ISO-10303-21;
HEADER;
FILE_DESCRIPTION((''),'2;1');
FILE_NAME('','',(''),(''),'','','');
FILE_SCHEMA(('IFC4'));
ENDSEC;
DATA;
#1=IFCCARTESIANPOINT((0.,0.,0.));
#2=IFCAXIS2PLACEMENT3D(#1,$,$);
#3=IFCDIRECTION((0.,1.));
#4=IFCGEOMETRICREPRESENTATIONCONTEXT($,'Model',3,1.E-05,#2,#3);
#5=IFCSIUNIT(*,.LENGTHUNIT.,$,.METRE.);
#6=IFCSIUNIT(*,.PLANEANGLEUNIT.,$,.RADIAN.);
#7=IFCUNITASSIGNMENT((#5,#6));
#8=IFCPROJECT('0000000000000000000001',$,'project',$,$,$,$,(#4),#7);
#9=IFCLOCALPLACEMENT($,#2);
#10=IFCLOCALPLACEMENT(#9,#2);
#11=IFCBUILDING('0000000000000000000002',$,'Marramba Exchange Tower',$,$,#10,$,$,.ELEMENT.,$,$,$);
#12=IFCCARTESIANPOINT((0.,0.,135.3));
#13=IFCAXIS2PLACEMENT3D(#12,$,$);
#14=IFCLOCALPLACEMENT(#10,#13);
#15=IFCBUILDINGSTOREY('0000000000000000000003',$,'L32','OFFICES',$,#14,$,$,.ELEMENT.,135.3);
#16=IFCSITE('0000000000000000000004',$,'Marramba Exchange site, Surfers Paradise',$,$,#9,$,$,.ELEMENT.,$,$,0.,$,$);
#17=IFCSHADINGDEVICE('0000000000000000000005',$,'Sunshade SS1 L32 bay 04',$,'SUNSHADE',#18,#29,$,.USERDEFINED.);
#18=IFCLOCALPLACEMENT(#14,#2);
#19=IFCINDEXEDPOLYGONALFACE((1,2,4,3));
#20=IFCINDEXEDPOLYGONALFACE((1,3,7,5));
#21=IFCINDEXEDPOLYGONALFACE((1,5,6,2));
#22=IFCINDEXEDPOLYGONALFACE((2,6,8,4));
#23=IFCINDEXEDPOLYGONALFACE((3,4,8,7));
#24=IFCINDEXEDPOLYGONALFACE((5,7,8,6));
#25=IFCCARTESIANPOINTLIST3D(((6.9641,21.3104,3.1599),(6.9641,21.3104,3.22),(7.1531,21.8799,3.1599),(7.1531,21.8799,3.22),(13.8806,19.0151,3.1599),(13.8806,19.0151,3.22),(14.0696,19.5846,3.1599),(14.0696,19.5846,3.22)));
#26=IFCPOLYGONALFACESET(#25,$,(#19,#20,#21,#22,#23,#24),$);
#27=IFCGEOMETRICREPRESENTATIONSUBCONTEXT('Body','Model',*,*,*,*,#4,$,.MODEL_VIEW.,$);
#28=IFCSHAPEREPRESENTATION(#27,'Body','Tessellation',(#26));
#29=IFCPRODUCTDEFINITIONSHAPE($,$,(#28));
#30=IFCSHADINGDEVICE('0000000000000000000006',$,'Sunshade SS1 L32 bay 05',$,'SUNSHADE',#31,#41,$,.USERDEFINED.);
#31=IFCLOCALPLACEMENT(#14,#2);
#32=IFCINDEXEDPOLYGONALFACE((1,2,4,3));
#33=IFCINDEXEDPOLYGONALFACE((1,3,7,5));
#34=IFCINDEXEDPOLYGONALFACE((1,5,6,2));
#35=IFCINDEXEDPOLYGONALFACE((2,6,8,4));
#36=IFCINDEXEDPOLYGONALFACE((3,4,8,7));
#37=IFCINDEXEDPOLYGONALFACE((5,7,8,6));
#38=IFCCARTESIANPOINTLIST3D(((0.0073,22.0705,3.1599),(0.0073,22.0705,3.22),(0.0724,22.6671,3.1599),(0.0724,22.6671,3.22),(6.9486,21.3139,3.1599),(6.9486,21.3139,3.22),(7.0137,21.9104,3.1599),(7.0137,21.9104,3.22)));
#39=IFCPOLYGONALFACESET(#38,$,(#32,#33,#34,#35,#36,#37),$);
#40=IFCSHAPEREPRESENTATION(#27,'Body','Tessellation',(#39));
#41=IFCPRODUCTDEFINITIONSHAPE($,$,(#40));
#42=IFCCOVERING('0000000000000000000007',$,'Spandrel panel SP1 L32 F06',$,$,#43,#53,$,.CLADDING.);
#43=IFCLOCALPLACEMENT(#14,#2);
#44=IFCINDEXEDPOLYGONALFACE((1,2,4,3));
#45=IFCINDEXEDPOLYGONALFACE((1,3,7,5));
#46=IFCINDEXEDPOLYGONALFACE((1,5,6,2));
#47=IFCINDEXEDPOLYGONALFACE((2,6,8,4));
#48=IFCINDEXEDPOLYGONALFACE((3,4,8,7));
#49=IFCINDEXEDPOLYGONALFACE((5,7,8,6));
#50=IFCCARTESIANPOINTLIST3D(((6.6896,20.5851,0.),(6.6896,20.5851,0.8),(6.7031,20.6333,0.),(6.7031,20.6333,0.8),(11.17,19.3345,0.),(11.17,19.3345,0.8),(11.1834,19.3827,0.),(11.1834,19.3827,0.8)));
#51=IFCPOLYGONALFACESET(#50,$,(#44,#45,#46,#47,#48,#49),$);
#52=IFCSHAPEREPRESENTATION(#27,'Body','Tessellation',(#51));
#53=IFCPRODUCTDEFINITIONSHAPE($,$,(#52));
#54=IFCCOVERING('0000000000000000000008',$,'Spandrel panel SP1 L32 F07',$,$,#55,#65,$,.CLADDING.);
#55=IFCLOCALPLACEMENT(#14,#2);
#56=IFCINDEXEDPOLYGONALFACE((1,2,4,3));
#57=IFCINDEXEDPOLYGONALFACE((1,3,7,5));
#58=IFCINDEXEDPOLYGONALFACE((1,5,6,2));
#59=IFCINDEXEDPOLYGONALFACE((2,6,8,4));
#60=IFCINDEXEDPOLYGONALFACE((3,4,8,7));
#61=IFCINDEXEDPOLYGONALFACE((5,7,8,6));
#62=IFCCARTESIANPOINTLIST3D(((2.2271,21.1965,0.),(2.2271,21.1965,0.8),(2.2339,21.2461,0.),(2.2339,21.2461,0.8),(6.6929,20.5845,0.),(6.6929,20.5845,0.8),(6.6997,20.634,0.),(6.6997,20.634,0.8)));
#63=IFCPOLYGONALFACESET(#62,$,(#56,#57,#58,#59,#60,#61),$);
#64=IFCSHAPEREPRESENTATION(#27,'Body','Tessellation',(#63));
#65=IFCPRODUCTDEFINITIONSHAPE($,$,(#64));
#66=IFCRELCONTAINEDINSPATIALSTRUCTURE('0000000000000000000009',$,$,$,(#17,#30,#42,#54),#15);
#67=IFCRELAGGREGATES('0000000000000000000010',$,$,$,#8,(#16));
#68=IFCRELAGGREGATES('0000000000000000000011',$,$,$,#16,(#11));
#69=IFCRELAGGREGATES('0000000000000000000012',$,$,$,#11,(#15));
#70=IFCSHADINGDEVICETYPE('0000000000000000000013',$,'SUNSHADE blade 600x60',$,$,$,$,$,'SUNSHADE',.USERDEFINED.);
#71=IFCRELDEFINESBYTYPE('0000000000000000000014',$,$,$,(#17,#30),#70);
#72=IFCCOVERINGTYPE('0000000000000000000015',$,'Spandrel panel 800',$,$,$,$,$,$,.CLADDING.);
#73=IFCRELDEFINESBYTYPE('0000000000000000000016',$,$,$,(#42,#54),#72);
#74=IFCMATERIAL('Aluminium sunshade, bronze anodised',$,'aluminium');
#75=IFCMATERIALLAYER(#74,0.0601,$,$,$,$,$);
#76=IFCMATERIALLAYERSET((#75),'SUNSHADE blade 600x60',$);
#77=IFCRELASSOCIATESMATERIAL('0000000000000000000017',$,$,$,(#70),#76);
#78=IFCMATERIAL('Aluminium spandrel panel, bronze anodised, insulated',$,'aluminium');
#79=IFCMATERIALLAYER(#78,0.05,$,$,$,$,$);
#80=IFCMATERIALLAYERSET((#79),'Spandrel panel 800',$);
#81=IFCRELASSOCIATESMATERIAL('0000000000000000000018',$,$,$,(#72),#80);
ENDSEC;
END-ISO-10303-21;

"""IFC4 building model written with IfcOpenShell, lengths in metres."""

from ifc_helpers import new_model, si_unit, direction, frame, origin, origin_2d, place, context, subcontext, project, spatial, rectangle, extrude, material, layer, layer_set, type_object, element, save


model = new_model("IFC4")

# Units and contexts
model_context = context("Model", 3, precision=1e-05, world=origin(), true_north=direction((0.0, 1.0)))
body_context = subcontext(model_context, "Body", "Model", "MODEL_VIEW")
ifc_project = project(units=[si_unit("LENGTHUNIT", "METRE"), si_unit("PLANEANGLEUNIT", "RADIAN")], contexts=[model_context])

# Site, building, storey
site_placement = place(None, origin())
site = spatial("IfcSite", under=ifc_project, at=site_placement, Name="Marramba Exchange site, Surfers Paradise", CompositionType="ELEMENT", RefElevation=0.0)
building_placement = place(site_placement, origin())
building = spatial("IfcBuilding", under=site, at=building_placement, Name="Marramba Exchange Tower", CompositionType="ELEMENT")
storey_placement = place(building_placement, frame((0.0, 0.0, 135.3)))
storey = spatial("IfcBuildingStorey", under=building, at=storey_placement, Name="L32", Description="OFFICES", CompositionType="ELEMENT", Elevation=135.3)

# Shading devices
ifc_material_1 = material(Name="Aluminium sunshade, bronze anodised", Category="aluminium")
ifc_layer_1 = layer(ifc_material_1, 0.0601)
ifc_layer_set_1 = layer_set([ifc_layer_1], Name="SUNSHADE blade 600x60")
shading_device_type_1 = type_object("IfcShadingDeviceType", Name="SUNSHADE blade 600x60", ElementType="SUNSHADE", PredefinedType="USERDEFINED", material=ifc_layer_set_1)
shading_device_1_placement = place(storey_placement, frame((10.5168, 20.4475, 3.1599), z_axis=(0.0, 0.0, 1.0), x_axis=(-0.949101, 0.314972, 0.0)))
element("IfcShadingDevice", 1, at=shading_device_1_placement, inside=storey, type_object=shading_device_type_1, Name="Sunshade SS1 L32 bay 04", ObjectType="SUNSHADE", PredefinedType="USERDEFINED", context=body_context, shape_type="SweptSolid", body=[
    extrude(rectangle(XDim=7.2874, YDim=0.6001, at=origin_2d()), origin(), (0.0, 0.0, 1.0), 0.0601),
])
shading_device_2_placement = place(storey_placement, frame((3.5105, 21.9905, 3.1599), z_axis=(0.0, 0.0, 1.0), x_axis=(-0.994111, 0.108363, 0.0)))
element("IfcShadingDevice", 2, at=shading_device_2_placement, inside=storey, type_object=shading_device_type_1, Name="Sunshade SS1 L32 bay 05", ObjectType="SUNSHADE", PredefinedType="USERDEFINED", context=body_context, shape_type="SweptSolid", body=[
    extrude(rectangle(XDim=6.9824, YDim=0.6001, at=origin_2d()), origin(), (0.0, 0.0, 1.0), 0.0601),
])

# Coverings
ifc_material_2 = material(Name="Aluminium spandrel panel, bronze anodised, insulated", Category="aluminium")
ifc_layer_2 = layer(ifc_material_2, 0.05)
ifc_layer_set_2 = layer_set([ifc_layer_2], Name="Spandrel panel 800")
covering_type = type_object("IfcCoveringType", Name="Spandrel panel 800", PredefinedType="CLADDING", material=ifc_layer_set_2)
covering_1_placement = place(storey_placement, frame((8.9365, 19.9839, 0.0), z_axis=(0.0, 0.0, 1.0), x_axis=(-0.963178, 0.268865, 0.0)))
element("IfcCovering", 3, at=covering_1_placement, inside=storey, type_object=covering_type, Name="Spandrel panel SP1 L32 F06", PredefinedType="CLADDING", context=body_context, shape_type="SweptSolid", body=[
    extrude(rectangle(XDim=4.6516, YDim=0.05, at=origin_2d()), origin(), (0.0, 0.0, 1.0), 0.8),
])
covering_2_placement = place(storey_placement, frame((4.4634, 20.9153, 0.0), z_axis=(0.0, 0.0, 1.0), x_axis=(-0.990738, 0.135786, 0.0)))
element("IfcCovering", 4, at=covering_2_placement, inside=storey, type_object=covering_type, Name="Spandrel panel SP1 L32 F07", PredefinedType="CLADDING", context=body_context, shape_type="SweptSolid", body=[
    extrude(rectangle(XDim=4.5076, YDim=0.05, at=origin_2d()), origin(), (0.0, 0.0, 1.0), 0.8),
])

save(model, "model.ifc")
